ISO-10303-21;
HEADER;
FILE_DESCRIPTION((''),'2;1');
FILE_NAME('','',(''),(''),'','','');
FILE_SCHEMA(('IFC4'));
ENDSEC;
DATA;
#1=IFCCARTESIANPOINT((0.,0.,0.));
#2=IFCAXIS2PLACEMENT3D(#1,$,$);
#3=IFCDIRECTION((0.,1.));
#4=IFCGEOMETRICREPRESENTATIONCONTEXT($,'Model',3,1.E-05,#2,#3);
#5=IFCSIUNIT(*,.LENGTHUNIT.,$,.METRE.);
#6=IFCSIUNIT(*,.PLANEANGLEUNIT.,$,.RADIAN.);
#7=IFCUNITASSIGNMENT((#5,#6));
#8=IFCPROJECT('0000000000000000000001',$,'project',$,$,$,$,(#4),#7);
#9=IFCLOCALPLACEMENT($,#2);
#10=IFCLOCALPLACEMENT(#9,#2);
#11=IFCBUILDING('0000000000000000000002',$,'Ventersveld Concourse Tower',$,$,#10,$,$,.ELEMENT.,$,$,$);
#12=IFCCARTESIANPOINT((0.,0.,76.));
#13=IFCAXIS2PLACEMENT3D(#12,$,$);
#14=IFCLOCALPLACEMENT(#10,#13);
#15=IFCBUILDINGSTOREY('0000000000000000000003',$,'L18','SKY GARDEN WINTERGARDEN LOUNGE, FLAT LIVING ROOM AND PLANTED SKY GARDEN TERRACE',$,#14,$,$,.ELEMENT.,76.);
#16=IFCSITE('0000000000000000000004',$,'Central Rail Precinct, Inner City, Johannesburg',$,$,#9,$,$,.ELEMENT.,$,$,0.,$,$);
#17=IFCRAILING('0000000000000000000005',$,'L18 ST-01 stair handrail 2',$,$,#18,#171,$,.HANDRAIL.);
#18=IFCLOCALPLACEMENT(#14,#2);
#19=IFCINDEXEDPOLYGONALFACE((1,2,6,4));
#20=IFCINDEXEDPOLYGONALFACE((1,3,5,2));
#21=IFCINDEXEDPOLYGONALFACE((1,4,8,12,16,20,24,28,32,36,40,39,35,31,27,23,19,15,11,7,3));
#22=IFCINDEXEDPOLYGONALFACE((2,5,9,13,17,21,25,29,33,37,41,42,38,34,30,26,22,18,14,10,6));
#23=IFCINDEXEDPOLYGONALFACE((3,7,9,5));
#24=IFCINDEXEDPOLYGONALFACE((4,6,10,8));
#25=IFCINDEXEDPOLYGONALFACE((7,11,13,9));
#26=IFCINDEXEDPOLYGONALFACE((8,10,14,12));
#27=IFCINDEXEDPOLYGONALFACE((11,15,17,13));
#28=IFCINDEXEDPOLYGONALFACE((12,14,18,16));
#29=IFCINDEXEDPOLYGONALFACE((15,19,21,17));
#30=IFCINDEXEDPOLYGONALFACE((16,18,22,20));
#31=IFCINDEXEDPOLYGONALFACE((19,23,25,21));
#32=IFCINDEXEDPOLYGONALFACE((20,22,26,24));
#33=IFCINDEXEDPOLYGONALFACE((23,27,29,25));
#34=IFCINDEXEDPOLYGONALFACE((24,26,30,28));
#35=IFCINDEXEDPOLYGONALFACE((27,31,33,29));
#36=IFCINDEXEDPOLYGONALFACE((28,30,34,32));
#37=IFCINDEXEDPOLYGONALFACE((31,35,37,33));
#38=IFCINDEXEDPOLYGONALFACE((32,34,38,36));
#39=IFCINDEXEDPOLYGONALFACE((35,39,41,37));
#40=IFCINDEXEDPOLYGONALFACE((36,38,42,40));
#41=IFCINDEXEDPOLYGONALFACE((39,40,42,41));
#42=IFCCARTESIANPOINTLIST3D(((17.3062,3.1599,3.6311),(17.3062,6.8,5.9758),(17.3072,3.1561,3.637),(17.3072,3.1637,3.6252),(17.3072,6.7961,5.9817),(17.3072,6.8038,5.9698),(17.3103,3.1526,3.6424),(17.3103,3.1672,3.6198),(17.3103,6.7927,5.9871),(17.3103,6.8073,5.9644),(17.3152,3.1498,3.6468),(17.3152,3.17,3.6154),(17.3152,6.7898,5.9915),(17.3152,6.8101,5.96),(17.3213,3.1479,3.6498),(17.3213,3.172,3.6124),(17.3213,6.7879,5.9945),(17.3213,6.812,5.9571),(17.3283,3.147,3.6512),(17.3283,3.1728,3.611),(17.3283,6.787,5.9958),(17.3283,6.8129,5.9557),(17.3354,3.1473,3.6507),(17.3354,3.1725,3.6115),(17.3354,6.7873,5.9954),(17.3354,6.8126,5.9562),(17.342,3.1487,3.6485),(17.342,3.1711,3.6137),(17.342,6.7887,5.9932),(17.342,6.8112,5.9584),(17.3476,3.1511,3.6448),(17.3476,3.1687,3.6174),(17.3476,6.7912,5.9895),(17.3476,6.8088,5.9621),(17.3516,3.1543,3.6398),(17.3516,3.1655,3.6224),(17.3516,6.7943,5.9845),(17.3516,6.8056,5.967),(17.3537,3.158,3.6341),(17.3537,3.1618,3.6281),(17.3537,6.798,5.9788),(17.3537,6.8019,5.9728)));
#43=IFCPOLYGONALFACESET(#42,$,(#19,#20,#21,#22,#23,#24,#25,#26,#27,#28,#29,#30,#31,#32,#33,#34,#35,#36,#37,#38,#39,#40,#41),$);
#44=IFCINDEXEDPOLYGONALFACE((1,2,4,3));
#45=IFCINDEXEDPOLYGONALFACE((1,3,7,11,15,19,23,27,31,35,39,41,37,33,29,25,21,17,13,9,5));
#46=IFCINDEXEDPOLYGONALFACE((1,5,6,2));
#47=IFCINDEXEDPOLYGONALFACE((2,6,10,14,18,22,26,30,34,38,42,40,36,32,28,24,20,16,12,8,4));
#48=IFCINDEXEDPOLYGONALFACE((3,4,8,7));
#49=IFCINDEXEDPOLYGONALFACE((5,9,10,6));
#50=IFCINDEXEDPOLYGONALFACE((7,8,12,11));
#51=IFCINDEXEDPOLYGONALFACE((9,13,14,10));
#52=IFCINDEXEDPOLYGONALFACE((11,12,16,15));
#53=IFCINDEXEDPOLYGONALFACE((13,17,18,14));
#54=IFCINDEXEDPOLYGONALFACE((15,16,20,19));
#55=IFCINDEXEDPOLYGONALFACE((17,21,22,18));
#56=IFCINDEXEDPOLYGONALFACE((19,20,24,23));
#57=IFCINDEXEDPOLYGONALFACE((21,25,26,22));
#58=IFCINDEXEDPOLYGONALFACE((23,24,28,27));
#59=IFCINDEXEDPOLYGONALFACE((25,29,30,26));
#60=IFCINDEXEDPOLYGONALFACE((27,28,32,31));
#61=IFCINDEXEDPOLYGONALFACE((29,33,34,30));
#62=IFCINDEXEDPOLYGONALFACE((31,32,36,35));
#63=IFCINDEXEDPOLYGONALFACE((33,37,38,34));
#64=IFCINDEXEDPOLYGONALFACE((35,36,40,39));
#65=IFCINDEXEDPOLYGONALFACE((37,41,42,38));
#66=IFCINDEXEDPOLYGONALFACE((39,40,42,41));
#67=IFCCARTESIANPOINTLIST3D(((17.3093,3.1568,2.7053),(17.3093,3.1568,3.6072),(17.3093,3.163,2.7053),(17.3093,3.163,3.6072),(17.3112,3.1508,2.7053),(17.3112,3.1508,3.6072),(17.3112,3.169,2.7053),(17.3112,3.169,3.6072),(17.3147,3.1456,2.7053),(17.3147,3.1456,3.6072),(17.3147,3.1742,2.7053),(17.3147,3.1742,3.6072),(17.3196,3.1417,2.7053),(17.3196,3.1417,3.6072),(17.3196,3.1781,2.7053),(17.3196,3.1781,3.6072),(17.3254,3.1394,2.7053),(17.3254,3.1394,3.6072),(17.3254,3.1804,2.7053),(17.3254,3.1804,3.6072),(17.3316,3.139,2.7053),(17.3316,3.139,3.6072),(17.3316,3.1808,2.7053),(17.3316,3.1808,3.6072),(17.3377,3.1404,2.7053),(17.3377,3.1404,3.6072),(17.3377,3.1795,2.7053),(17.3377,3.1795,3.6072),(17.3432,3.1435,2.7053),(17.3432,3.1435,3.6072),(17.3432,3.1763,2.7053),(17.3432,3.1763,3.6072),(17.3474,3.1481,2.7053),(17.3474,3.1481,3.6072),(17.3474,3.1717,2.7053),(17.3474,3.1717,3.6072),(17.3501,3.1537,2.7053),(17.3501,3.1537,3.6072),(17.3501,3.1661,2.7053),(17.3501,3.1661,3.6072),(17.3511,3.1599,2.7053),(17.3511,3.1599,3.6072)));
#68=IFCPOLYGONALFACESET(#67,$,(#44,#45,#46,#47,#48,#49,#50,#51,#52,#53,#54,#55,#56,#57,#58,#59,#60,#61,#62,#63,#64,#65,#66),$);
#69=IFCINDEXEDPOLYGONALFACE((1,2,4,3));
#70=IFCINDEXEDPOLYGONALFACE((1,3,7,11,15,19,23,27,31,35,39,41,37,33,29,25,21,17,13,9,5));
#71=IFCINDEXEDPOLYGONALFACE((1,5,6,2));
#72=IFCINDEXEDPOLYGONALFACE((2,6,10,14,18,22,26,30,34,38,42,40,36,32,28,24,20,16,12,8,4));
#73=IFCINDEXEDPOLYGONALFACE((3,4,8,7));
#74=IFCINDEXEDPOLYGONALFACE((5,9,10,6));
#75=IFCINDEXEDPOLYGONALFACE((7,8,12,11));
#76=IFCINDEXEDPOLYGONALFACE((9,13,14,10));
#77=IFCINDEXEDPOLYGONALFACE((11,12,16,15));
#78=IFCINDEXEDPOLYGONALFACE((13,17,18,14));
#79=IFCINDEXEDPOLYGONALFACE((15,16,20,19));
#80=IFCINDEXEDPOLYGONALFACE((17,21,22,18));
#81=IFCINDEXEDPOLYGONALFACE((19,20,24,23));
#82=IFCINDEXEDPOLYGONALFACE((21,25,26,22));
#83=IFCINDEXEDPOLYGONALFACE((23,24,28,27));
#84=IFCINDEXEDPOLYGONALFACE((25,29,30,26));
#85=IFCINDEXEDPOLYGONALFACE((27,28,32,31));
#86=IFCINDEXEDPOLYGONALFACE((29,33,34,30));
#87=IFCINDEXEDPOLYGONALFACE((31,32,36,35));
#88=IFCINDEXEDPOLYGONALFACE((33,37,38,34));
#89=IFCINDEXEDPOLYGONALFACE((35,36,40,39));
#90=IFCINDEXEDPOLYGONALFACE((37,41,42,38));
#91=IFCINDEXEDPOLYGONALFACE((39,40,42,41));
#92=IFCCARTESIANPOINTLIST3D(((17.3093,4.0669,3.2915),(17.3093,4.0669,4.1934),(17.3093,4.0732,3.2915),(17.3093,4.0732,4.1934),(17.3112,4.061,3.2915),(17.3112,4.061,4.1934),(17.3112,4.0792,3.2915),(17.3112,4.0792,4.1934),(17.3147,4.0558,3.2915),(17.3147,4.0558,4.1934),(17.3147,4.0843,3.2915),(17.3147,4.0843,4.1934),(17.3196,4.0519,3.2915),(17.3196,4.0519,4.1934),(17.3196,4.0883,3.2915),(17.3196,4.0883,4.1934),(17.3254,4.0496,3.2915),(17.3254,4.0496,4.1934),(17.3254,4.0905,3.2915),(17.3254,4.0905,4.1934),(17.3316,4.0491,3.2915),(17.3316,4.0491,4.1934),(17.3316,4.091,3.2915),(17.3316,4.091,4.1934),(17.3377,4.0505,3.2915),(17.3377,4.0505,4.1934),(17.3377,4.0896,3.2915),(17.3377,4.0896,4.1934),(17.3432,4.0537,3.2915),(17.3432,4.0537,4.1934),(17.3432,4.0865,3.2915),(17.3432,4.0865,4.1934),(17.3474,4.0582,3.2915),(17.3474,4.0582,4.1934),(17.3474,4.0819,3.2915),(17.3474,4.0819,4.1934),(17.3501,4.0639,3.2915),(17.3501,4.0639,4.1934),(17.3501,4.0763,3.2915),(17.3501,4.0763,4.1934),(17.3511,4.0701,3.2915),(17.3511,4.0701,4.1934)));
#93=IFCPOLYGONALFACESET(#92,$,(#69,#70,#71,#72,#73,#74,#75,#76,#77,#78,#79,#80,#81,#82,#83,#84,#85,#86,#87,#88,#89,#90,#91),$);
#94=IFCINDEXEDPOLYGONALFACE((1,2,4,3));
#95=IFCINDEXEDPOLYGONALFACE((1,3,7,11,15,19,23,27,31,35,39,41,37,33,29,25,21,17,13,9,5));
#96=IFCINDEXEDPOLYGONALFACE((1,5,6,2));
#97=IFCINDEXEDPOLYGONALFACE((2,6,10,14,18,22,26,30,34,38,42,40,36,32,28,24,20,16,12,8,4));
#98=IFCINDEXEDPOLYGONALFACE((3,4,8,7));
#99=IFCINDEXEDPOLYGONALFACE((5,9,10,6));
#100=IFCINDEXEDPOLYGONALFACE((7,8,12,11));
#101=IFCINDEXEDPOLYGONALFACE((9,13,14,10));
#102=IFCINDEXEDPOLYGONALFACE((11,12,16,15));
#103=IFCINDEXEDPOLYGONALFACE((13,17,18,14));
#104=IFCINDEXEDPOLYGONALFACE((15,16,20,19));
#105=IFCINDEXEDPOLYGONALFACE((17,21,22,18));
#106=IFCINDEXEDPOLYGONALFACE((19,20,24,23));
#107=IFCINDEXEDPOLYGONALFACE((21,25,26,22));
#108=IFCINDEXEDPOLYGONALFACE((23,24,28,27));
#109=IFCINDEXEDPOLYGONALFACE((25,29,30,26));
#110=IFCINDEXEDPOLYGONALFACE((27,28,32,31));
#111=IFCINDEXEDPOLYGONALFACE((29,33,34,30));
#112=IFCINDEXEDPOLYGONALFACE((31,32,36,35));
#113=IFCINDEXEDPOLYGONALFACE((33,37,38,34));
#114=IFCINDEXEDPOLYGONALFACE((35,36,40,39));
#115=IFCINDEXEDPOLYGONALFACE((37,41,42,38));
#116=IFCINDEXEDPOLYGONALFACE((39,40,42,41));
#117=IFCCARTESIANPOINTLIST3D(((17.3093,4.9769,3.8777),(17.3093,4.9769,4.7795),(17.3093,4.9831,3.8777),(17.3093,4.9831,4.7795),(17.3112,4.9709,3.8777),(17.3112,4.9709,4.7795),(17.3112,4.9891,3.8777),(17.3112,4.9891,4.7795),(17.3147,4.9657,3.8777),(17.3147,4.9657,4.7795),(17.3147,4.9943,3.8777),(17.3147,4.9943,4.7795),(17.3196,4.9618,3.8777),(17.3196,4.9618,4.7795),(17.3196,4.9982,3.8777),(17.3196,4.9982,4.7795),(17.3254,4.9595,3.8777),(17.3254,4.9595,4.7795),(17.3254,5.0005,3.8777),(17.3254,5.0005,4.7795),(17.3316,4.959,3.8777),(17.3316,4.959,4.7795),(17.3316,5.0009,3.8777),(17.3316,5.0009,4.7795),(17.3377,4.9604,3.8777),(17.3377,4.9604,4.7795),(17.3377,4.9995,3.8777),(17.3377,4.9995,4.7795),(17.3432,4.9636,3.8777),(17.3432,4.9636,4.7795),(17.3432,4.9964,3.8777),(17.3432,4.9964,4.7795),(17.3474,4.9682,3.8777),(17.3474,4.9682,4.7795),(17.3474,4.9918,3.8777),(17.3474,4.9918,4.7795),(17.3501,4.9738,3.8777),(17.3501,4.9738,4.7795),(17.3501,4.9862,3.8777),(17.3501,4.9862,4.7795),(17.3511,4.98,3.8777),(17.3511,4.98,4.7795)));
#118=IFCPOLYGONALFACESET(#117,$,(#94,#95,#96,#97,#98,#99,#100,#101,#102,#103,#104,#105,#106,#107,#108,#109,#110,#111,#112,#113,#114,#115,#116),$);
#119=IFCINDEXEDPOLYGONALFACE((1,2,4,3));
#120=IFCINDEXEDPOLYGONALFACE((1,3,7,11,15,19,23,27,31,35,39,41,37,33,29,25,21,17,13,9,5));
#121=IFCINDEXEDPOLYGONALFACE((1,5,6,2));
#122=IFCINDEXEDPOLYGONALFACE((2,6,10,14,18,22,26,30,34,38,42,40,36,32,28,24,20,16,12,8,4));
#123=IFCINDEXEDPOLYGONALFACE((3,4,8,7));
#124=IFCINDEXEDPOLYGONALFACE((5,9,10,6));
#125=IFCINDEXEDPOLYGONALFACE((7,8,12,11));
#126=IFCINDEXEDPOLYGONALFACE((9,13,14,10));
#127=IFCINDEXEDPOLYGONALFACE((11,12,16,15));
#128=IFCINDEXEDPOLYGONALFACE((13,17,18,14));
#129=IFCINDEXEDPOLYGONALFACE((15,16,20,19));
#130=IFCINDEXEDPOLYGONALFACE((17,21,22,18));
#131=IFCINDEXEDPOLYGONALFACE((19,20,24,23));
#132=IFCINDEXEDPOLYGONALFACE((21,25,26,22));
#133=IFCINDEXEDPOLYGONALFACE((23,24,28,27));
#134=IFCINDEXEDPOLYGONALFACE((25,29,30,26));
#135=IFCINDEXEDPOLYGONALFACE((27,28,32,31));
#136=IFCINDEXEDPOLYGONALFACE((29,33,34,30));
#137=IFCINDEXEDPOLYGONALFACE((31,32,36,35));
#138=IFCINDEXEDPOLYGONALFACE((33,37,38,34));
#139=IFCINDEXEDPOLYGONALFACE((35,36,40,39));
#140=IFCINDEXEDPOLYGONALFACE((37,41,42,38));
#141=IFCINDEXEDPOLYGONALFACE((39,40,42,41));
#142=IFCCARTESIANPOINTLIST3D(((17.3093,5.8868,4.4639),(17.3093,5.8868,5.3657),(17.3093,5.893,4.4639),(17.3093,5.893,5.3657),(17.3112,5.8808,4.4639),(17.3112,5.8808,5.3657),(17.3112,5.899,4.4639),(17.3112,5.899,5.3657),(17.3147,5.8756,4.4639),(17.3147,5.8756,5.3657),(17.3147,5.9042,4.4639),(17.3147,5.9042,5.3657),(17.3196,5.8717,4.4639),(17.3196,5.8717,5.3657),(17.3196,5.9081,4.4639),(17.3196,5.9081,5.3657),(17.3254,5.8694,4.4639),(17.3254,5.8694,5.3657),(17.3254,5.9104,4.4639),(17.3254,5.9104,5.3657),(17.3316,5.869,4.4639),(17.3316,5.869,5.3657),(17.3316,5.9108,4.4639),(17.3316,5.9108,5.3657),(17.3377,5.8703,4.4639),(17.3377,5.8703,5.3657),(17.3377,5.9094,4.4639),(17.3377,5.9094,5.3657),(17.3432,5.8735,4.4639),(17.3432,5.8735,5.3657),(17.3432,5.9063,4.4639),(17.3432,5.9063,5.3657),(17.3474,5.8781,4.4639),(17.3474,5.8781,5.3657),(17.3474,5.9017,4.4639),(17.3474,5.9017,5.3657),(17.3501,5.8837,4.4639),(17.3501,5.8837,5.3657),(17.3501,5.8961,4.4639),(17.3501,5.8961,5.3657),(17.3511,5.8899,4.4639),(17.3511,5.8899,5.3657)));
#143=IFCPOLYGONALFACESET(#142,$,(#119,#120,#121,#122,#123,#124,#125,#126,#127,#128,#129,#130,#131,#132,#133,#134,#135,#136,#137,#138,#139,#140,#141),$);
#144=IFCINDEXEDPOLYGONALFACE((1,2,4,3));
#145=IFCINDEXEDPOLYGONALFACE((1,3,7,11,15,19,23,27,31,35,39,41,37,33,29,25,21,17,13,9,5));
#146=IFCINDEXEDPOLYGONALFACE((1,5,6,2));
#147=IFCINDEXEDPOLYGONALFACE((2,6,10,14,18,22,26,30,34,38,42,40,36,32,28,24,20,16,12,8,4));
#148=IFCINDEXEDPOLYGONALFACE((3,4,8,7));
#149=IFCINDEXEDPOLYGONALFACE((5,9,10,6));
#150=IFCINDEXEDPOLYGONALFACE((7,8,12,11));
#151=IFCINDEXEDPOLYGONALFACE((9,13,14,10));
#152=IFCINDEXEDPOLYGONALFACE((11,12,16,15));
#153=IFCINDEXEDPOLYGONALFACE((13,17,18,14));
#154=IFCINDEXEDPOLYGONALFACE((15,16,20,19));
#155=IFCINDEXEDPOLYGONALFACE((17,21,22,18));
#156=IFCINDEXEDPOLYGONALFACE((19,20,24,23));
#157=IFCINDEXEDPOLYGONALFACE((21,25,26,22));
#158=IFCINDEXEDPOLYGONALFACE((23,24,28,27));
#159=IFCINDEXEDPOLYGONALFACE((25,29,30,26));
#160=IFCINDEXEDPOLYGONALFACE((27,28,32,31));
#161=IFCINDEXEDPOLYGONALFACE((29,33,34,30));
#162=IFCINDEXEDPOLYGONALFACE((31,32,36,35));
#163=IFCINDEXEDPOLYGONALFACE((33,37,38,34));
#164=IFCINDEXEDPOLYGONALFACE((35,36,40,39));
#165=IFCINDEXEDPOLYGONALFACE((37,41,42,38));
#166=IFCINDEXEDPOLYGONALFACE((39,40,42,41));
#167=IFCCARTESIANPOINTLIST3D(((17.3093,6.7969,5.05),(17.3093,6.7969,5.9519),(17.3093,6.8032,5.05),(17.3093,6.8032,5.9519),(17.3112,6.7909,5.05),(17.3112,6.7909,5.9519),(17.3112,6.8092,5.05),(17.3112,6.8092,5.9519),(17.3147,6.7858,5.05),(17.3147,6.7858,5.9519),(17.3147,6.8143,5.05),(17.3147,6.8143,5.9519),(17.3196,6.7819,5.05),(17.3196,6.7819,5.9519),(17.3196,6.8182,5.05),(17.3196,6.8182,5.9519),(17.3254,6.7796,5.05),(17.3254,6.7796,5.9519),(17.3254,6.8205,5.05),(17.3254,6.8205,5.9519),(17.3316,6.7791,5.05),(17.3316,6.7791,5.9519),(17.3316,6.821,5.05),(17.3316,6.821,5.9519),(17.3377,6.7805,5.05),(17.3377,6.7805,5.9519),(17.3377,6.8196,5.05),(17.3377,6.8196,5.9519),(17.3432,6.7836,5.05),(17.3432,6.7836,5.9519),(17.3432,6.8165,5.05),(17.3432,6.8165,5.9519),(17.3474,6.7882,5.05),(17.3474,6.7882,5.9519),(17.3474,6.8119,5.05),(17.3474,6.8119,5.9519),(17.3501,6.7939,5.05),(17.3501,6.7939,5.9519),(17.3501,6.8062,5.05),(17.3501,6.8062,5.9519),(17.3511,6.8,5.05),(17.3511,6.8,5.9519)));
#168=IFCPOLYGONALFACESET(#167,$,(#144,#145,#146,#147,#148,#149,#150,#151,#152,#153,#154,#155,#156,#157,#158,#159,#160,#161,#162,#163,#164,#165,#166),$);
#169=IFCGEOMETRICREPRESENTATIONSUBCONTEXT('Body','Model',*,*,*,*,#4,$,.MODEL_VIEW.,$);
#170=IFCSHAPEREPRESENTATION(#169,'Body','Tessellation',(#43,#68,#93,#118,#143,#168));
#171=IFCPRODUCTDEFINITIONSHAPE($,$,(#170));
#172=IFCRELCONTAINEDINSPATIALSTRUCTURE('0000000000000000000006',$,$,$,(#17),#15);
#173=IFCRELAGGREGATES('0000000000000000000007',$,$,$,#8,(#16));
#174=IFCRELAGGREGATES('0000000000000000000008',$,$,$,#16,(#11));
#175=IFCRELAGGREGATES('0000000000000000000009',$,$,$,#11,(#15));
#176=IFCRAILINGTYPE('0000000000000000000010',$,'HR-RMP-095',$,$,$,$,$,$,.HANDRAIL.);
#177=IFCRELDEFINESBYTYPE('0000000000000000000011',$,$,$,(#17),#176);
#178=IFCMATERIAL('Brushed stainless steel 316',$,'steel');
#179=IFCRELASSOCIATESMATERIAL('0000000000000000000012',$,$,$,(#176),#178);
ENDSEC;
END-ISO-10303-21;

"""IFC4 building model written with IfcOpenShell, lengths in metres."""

from ifc_helpers import new_model, si_unit, direction, frame, origin, origin_2d, place, context, subcontext, project, spatial, circle, extrude, material, type_object, element, save


model = new_model("IFC4")

# Units and contexts
model_context = context("Model", 3, precision=1e-05, world=origin(), true_north=direction((0.0, 1.0)))
body_context = subcontext(model_context, "Body", "Model", "MODEL_VIEW")
ifc_project = project(units=[si_unit("LENGTHUNIT", "METRE"), si_unit("PLANEANGLEUNIT", "RADIAN")], contexts=[model_context])

# Site, building, storey
site_placement = place(None, origin())
site = spatial("IfcSite", under=ifc_project, at=site_placement, Name="Central Rail Precinct, Inner City, Johannesburg", CompositionType="ELEMENT", RefElevation=0.0)
building_placement = place(site_placement, origin())
building = spatial("IfcBuilding", under=site, at=building_placement, Name="Ventersveld Concourse Tower", CompositionType="ELEMENT")
storey_placement = place(building_placement, frame((0.0, 0.0, 76.0)))
storey = spatial("IfcBuildingStorey", under=building, at=storey_placement, Name="L18", Description="SKY GARDEN WINTERGARDEN LOUNGE, FLAT LIVING ROOM AND PLANTED SKY GARDEN TERRACE", CompositionType="ELEMENT", Elevation=76.0)

# Shared definitions
ifc_material_1 = material(Name="Brushed stainless steel 316", Category="steel")

# Railing
railing_type_1 = type_object("IfcRailingType", Name="HR-RMP-095", PredefinedType="HANDRAIL", material=ifc_material_1)
railing_1_placement = place(storey_placement, frame((17.3301, 3.1599, 2.7053)))
element("IfcRailing", 1, at=railing_1_placement, inside=storey, type_object=railing_type_1, Name="L18 ST-01 stair handrail 2", PredefinedType="HANDRAIL", context=body_context, shape_type="SweptSolid", body=[
    extrude(circle(Radius=0.0239, at=origin_2d()), frame((0.0, 0.0, 0.9258), z_axis=(0.0, 0.840691, 0.541515), x_axis=(-1.0, 0.0, 0.0)), (0.0, 0.0, 1.0), 4.3298),
    extrude(circle(Radius=0.021, at=origin_2d()), origin(), (0.0, 0.0, 1.0), 0.9019),
    extrude(circle(Radius=0.021, at=origin_2d()), frame((0.0, 0.9102, 0.5862)), (0.0, 0.0, 1.0), 0.9019),
    extrude(circle(Radius=0.021, at=origin_2d()), frame((0.0, 1.8201, 1.1724)), (0.0, 0.0, 1.0), 0.9019),
    extrude(circle(Radius=0.021, at=origin_2d()), frame((0.0, 2.73, 1.7585)), (0.0, 0.0, 1.0), 0.9019),
    extrude(circle(Radius=0.021, at=origin_2d()), frame((0.0, 3.6401, 2.3447)), (0.0, 0.0, 1.0), 0.9019),
])

save(model, "model.ifc")
